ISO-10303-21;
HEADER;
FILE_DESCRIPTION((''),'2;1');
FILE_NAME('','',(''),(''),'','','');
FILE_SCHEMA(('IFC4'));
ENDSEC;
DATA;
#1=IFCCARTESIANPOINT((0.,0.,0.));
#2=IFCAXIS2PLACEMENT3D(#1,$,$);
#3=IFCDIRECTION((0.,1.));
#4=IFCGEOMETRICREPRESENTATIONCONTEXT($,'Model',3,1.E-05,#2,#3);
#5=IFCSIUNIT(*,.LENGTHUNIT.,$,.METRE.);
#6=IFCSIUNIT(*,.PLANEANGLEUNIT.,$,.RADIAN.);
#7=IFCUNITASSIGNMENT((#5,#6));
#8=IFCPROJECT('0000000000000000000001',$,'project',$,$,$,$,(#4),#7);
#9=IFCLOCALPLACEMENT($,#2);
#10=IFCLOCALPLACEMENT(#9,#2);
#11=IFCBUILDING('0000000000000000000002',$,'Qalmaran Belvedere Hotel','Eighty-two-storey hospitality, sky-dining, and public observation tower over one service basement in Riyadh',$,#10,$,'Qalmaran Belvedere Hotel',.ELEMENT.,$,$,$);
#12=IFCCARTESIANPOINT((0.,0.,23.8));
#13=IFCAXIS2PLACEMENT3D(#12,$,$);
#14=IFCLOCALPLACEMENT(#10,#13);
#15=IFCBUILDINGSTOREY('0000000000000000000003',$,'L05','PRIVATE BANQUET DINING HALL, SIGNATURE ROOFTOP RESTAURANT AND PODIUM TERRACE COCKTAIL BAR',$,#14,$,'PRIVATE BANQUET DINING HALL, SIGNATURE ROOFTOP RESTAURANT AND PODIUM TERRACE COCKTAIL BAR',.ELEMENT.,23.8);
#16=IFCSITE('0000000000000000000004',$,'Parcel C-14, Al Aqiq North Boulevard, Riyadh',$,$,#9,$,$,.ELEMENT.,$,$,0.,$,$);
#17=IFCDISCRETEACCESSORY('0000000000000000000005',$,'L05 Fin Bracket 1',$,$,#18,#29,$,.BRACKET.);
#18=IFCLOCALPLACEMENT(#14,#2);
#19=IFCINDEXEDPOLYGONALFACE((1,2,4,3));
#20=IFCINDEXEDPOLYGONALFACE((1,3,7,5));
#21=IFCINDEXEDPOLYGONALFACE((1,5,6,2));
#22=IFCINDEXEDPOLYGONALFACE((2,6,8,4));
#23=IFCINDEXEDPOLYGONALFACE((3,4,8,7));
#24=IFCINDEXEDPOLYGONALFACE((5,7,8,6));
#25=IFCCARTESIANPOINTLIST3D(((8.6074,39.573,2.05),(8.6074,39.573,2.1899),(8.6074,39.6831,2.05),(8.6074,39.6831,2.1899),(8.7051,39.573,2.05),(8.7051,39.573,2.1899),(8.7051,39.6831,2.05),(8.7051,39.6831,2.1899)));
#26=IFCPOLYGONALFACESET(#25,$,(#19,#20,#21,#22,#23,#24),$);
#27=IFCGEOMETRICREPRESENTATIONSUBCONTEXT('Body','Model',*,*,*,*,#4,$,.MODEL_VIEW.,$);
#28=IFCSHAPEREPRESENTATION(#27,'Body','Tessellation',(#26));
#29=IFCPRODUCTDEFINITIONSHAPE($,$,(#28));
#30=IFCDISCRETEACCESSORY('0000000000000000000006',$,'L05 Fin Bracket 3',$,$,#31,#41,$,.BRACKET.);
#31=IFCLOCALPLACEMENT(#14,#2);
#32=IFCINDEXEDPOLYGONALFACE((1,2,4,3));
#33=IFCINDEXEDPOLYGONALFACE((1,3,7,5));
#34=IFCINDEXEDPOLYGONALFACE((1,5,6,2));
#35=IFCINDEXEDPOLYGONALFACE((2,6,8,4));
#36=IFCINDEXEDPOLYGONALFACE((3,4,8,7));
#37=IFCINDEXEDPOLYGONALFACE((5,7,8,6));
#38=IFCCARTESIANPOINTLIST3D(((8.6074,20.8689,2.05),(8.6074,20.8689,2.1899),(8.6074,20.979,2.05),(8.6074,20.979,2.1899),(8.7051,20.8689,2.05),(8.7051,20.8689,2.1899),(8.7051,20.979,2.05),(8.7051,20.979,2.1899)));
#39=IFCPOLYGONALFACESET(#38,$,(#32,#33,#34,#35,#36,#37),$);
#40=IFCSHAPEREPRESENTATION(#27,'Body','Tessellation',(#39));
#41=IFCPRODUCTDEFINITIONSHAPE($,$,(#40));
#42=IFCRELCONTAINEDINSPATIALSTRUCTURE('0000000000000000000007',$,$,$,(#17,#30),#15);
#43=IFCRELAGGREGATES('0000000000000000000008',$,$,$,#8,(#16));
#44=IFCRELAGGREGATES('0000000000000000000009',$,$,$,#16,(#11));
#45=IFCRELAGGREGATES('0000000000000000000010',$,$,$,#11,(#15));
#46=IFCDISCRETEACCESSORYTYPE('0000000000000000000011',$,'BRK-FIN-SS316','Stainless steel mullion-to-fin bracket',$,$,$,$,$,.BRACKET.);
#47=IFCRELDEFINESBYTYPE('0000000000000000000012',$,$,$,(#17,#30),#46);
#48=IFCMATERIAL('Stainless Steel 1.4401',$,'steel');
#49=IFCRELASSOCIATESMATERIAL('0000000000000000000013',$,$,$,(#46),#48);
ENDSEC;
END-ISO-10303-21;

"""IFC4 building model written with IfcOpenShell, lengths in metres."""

from ifc_helpers import new_model, si_unit, direction, frame, origin, place, context, subcontext, project, spatial, polyline, outline, extrude, material, type_object, element, save


model = new_model("IFC4")

# Units and contexts
model_context = context("Model", 3, precision=1e-05, world=origin(), true_north=direction((0.0, 1.0)))
body_context = subcontext(model_context, "Body", "Model", "MODEL_VIEW")
ifc_project = project(units=[si_unit("LENGTHUNIT", "METRE"), si_unit("PLANEANGLEUNIT", "RADIAN")], contexts=[model_context])

# Site, building, storey
site_placement = place(None, origin())
site = spatial("IfcSite", under=ifc_project, at=site_placement, Name="Parcel C-14, Al Aqiq North Boulevard, Riyadh", CompositionType="ELEMENT", RefElevation=0.0)
building_placement = place(site_placement, origin())
building = spatial("IfcBuilding", under=site, at=building_placement, Name="Qalmaran Belvedere Hotel", Description="Eighty-two-storey hospitality, sky-dining, and public observation tower over one service basement in Riyadh", LongName="Qalmaran Belvedere Hotel", CompositionType="ELEMENT")
storey_placement = place(building_placement, frame((0.0, 0.0, 23.8)))
storey = spatial("IfcBuildingStorey", under=building, at=storey_placement, Name="L05", Description="PRIVATE BANQUET DINING HALL, SIGNATURE ROOFTOP RESTAURANT AND PODIUM TERRACE COCKTAIL BAR", LongName="PRIVATE BANQUET DINING HALL, SIGNATURE ROOFTOP RESTAURANT AND PODIUM TERRACE COCKTAIL BAR", CompositionType="ELEMENT", Elevation=23.8)

# Discrete accessories
ifc_material_1 = material(Name="Stainless Steel 1.4401", Category="steel")
discrete_accessory_type = type_object("IfcDiscreteAccessoryType", Name="BRK-FIN-SS316", Description="Stainless steel mullion-to-fin bracket", PredefinedType="BRACKET", material=ifc_material_1)
discrete_accessory_1_placement = place(storey_placement, frame((0.0, 0.0, 2.05)))
element("IfcDiscreteAccessory", 1, at=discrete_accessory_1_placement, inside=storey, type_object=discrete_accessory_type, Name="L05 Fin Bracket 1", PredefinedType="BRACKET", context=body_context, shape_type="SweptSolid", body=[
    extrude(outline(polyline([(8.7051, 39.6831), (8.6074, 39.6831), (8.6074, 39.573), (8.7051, 39.573), (8.7051, 39.6831)])), origin(), (0.0, 0.0, 1.0), 0.1399),
])
discrete_accessory_2_placement = place(storey_placement, frame((0.0, 0.0, 2.05)))
element("IfcDiscreteAccessory", 2, at=discrete_accessory_2_placement, inside=storey, type_object=discrete_accessory_type, Name="L05 Fin Bracket 3", PredefinedType="BRACKET", context=body_context, shape_type="SweptSolid", body=[
    extrude(outline(polyline([(8.7051, 20.979), (8.6074, 20.979), (8.6074, 20.8689), (8.7051, 20.8689), (8.7051, 20.979)])), origin(), (0.0, 0.0, 1.0), 0.1399),
])

save(model, "model.ifc")
